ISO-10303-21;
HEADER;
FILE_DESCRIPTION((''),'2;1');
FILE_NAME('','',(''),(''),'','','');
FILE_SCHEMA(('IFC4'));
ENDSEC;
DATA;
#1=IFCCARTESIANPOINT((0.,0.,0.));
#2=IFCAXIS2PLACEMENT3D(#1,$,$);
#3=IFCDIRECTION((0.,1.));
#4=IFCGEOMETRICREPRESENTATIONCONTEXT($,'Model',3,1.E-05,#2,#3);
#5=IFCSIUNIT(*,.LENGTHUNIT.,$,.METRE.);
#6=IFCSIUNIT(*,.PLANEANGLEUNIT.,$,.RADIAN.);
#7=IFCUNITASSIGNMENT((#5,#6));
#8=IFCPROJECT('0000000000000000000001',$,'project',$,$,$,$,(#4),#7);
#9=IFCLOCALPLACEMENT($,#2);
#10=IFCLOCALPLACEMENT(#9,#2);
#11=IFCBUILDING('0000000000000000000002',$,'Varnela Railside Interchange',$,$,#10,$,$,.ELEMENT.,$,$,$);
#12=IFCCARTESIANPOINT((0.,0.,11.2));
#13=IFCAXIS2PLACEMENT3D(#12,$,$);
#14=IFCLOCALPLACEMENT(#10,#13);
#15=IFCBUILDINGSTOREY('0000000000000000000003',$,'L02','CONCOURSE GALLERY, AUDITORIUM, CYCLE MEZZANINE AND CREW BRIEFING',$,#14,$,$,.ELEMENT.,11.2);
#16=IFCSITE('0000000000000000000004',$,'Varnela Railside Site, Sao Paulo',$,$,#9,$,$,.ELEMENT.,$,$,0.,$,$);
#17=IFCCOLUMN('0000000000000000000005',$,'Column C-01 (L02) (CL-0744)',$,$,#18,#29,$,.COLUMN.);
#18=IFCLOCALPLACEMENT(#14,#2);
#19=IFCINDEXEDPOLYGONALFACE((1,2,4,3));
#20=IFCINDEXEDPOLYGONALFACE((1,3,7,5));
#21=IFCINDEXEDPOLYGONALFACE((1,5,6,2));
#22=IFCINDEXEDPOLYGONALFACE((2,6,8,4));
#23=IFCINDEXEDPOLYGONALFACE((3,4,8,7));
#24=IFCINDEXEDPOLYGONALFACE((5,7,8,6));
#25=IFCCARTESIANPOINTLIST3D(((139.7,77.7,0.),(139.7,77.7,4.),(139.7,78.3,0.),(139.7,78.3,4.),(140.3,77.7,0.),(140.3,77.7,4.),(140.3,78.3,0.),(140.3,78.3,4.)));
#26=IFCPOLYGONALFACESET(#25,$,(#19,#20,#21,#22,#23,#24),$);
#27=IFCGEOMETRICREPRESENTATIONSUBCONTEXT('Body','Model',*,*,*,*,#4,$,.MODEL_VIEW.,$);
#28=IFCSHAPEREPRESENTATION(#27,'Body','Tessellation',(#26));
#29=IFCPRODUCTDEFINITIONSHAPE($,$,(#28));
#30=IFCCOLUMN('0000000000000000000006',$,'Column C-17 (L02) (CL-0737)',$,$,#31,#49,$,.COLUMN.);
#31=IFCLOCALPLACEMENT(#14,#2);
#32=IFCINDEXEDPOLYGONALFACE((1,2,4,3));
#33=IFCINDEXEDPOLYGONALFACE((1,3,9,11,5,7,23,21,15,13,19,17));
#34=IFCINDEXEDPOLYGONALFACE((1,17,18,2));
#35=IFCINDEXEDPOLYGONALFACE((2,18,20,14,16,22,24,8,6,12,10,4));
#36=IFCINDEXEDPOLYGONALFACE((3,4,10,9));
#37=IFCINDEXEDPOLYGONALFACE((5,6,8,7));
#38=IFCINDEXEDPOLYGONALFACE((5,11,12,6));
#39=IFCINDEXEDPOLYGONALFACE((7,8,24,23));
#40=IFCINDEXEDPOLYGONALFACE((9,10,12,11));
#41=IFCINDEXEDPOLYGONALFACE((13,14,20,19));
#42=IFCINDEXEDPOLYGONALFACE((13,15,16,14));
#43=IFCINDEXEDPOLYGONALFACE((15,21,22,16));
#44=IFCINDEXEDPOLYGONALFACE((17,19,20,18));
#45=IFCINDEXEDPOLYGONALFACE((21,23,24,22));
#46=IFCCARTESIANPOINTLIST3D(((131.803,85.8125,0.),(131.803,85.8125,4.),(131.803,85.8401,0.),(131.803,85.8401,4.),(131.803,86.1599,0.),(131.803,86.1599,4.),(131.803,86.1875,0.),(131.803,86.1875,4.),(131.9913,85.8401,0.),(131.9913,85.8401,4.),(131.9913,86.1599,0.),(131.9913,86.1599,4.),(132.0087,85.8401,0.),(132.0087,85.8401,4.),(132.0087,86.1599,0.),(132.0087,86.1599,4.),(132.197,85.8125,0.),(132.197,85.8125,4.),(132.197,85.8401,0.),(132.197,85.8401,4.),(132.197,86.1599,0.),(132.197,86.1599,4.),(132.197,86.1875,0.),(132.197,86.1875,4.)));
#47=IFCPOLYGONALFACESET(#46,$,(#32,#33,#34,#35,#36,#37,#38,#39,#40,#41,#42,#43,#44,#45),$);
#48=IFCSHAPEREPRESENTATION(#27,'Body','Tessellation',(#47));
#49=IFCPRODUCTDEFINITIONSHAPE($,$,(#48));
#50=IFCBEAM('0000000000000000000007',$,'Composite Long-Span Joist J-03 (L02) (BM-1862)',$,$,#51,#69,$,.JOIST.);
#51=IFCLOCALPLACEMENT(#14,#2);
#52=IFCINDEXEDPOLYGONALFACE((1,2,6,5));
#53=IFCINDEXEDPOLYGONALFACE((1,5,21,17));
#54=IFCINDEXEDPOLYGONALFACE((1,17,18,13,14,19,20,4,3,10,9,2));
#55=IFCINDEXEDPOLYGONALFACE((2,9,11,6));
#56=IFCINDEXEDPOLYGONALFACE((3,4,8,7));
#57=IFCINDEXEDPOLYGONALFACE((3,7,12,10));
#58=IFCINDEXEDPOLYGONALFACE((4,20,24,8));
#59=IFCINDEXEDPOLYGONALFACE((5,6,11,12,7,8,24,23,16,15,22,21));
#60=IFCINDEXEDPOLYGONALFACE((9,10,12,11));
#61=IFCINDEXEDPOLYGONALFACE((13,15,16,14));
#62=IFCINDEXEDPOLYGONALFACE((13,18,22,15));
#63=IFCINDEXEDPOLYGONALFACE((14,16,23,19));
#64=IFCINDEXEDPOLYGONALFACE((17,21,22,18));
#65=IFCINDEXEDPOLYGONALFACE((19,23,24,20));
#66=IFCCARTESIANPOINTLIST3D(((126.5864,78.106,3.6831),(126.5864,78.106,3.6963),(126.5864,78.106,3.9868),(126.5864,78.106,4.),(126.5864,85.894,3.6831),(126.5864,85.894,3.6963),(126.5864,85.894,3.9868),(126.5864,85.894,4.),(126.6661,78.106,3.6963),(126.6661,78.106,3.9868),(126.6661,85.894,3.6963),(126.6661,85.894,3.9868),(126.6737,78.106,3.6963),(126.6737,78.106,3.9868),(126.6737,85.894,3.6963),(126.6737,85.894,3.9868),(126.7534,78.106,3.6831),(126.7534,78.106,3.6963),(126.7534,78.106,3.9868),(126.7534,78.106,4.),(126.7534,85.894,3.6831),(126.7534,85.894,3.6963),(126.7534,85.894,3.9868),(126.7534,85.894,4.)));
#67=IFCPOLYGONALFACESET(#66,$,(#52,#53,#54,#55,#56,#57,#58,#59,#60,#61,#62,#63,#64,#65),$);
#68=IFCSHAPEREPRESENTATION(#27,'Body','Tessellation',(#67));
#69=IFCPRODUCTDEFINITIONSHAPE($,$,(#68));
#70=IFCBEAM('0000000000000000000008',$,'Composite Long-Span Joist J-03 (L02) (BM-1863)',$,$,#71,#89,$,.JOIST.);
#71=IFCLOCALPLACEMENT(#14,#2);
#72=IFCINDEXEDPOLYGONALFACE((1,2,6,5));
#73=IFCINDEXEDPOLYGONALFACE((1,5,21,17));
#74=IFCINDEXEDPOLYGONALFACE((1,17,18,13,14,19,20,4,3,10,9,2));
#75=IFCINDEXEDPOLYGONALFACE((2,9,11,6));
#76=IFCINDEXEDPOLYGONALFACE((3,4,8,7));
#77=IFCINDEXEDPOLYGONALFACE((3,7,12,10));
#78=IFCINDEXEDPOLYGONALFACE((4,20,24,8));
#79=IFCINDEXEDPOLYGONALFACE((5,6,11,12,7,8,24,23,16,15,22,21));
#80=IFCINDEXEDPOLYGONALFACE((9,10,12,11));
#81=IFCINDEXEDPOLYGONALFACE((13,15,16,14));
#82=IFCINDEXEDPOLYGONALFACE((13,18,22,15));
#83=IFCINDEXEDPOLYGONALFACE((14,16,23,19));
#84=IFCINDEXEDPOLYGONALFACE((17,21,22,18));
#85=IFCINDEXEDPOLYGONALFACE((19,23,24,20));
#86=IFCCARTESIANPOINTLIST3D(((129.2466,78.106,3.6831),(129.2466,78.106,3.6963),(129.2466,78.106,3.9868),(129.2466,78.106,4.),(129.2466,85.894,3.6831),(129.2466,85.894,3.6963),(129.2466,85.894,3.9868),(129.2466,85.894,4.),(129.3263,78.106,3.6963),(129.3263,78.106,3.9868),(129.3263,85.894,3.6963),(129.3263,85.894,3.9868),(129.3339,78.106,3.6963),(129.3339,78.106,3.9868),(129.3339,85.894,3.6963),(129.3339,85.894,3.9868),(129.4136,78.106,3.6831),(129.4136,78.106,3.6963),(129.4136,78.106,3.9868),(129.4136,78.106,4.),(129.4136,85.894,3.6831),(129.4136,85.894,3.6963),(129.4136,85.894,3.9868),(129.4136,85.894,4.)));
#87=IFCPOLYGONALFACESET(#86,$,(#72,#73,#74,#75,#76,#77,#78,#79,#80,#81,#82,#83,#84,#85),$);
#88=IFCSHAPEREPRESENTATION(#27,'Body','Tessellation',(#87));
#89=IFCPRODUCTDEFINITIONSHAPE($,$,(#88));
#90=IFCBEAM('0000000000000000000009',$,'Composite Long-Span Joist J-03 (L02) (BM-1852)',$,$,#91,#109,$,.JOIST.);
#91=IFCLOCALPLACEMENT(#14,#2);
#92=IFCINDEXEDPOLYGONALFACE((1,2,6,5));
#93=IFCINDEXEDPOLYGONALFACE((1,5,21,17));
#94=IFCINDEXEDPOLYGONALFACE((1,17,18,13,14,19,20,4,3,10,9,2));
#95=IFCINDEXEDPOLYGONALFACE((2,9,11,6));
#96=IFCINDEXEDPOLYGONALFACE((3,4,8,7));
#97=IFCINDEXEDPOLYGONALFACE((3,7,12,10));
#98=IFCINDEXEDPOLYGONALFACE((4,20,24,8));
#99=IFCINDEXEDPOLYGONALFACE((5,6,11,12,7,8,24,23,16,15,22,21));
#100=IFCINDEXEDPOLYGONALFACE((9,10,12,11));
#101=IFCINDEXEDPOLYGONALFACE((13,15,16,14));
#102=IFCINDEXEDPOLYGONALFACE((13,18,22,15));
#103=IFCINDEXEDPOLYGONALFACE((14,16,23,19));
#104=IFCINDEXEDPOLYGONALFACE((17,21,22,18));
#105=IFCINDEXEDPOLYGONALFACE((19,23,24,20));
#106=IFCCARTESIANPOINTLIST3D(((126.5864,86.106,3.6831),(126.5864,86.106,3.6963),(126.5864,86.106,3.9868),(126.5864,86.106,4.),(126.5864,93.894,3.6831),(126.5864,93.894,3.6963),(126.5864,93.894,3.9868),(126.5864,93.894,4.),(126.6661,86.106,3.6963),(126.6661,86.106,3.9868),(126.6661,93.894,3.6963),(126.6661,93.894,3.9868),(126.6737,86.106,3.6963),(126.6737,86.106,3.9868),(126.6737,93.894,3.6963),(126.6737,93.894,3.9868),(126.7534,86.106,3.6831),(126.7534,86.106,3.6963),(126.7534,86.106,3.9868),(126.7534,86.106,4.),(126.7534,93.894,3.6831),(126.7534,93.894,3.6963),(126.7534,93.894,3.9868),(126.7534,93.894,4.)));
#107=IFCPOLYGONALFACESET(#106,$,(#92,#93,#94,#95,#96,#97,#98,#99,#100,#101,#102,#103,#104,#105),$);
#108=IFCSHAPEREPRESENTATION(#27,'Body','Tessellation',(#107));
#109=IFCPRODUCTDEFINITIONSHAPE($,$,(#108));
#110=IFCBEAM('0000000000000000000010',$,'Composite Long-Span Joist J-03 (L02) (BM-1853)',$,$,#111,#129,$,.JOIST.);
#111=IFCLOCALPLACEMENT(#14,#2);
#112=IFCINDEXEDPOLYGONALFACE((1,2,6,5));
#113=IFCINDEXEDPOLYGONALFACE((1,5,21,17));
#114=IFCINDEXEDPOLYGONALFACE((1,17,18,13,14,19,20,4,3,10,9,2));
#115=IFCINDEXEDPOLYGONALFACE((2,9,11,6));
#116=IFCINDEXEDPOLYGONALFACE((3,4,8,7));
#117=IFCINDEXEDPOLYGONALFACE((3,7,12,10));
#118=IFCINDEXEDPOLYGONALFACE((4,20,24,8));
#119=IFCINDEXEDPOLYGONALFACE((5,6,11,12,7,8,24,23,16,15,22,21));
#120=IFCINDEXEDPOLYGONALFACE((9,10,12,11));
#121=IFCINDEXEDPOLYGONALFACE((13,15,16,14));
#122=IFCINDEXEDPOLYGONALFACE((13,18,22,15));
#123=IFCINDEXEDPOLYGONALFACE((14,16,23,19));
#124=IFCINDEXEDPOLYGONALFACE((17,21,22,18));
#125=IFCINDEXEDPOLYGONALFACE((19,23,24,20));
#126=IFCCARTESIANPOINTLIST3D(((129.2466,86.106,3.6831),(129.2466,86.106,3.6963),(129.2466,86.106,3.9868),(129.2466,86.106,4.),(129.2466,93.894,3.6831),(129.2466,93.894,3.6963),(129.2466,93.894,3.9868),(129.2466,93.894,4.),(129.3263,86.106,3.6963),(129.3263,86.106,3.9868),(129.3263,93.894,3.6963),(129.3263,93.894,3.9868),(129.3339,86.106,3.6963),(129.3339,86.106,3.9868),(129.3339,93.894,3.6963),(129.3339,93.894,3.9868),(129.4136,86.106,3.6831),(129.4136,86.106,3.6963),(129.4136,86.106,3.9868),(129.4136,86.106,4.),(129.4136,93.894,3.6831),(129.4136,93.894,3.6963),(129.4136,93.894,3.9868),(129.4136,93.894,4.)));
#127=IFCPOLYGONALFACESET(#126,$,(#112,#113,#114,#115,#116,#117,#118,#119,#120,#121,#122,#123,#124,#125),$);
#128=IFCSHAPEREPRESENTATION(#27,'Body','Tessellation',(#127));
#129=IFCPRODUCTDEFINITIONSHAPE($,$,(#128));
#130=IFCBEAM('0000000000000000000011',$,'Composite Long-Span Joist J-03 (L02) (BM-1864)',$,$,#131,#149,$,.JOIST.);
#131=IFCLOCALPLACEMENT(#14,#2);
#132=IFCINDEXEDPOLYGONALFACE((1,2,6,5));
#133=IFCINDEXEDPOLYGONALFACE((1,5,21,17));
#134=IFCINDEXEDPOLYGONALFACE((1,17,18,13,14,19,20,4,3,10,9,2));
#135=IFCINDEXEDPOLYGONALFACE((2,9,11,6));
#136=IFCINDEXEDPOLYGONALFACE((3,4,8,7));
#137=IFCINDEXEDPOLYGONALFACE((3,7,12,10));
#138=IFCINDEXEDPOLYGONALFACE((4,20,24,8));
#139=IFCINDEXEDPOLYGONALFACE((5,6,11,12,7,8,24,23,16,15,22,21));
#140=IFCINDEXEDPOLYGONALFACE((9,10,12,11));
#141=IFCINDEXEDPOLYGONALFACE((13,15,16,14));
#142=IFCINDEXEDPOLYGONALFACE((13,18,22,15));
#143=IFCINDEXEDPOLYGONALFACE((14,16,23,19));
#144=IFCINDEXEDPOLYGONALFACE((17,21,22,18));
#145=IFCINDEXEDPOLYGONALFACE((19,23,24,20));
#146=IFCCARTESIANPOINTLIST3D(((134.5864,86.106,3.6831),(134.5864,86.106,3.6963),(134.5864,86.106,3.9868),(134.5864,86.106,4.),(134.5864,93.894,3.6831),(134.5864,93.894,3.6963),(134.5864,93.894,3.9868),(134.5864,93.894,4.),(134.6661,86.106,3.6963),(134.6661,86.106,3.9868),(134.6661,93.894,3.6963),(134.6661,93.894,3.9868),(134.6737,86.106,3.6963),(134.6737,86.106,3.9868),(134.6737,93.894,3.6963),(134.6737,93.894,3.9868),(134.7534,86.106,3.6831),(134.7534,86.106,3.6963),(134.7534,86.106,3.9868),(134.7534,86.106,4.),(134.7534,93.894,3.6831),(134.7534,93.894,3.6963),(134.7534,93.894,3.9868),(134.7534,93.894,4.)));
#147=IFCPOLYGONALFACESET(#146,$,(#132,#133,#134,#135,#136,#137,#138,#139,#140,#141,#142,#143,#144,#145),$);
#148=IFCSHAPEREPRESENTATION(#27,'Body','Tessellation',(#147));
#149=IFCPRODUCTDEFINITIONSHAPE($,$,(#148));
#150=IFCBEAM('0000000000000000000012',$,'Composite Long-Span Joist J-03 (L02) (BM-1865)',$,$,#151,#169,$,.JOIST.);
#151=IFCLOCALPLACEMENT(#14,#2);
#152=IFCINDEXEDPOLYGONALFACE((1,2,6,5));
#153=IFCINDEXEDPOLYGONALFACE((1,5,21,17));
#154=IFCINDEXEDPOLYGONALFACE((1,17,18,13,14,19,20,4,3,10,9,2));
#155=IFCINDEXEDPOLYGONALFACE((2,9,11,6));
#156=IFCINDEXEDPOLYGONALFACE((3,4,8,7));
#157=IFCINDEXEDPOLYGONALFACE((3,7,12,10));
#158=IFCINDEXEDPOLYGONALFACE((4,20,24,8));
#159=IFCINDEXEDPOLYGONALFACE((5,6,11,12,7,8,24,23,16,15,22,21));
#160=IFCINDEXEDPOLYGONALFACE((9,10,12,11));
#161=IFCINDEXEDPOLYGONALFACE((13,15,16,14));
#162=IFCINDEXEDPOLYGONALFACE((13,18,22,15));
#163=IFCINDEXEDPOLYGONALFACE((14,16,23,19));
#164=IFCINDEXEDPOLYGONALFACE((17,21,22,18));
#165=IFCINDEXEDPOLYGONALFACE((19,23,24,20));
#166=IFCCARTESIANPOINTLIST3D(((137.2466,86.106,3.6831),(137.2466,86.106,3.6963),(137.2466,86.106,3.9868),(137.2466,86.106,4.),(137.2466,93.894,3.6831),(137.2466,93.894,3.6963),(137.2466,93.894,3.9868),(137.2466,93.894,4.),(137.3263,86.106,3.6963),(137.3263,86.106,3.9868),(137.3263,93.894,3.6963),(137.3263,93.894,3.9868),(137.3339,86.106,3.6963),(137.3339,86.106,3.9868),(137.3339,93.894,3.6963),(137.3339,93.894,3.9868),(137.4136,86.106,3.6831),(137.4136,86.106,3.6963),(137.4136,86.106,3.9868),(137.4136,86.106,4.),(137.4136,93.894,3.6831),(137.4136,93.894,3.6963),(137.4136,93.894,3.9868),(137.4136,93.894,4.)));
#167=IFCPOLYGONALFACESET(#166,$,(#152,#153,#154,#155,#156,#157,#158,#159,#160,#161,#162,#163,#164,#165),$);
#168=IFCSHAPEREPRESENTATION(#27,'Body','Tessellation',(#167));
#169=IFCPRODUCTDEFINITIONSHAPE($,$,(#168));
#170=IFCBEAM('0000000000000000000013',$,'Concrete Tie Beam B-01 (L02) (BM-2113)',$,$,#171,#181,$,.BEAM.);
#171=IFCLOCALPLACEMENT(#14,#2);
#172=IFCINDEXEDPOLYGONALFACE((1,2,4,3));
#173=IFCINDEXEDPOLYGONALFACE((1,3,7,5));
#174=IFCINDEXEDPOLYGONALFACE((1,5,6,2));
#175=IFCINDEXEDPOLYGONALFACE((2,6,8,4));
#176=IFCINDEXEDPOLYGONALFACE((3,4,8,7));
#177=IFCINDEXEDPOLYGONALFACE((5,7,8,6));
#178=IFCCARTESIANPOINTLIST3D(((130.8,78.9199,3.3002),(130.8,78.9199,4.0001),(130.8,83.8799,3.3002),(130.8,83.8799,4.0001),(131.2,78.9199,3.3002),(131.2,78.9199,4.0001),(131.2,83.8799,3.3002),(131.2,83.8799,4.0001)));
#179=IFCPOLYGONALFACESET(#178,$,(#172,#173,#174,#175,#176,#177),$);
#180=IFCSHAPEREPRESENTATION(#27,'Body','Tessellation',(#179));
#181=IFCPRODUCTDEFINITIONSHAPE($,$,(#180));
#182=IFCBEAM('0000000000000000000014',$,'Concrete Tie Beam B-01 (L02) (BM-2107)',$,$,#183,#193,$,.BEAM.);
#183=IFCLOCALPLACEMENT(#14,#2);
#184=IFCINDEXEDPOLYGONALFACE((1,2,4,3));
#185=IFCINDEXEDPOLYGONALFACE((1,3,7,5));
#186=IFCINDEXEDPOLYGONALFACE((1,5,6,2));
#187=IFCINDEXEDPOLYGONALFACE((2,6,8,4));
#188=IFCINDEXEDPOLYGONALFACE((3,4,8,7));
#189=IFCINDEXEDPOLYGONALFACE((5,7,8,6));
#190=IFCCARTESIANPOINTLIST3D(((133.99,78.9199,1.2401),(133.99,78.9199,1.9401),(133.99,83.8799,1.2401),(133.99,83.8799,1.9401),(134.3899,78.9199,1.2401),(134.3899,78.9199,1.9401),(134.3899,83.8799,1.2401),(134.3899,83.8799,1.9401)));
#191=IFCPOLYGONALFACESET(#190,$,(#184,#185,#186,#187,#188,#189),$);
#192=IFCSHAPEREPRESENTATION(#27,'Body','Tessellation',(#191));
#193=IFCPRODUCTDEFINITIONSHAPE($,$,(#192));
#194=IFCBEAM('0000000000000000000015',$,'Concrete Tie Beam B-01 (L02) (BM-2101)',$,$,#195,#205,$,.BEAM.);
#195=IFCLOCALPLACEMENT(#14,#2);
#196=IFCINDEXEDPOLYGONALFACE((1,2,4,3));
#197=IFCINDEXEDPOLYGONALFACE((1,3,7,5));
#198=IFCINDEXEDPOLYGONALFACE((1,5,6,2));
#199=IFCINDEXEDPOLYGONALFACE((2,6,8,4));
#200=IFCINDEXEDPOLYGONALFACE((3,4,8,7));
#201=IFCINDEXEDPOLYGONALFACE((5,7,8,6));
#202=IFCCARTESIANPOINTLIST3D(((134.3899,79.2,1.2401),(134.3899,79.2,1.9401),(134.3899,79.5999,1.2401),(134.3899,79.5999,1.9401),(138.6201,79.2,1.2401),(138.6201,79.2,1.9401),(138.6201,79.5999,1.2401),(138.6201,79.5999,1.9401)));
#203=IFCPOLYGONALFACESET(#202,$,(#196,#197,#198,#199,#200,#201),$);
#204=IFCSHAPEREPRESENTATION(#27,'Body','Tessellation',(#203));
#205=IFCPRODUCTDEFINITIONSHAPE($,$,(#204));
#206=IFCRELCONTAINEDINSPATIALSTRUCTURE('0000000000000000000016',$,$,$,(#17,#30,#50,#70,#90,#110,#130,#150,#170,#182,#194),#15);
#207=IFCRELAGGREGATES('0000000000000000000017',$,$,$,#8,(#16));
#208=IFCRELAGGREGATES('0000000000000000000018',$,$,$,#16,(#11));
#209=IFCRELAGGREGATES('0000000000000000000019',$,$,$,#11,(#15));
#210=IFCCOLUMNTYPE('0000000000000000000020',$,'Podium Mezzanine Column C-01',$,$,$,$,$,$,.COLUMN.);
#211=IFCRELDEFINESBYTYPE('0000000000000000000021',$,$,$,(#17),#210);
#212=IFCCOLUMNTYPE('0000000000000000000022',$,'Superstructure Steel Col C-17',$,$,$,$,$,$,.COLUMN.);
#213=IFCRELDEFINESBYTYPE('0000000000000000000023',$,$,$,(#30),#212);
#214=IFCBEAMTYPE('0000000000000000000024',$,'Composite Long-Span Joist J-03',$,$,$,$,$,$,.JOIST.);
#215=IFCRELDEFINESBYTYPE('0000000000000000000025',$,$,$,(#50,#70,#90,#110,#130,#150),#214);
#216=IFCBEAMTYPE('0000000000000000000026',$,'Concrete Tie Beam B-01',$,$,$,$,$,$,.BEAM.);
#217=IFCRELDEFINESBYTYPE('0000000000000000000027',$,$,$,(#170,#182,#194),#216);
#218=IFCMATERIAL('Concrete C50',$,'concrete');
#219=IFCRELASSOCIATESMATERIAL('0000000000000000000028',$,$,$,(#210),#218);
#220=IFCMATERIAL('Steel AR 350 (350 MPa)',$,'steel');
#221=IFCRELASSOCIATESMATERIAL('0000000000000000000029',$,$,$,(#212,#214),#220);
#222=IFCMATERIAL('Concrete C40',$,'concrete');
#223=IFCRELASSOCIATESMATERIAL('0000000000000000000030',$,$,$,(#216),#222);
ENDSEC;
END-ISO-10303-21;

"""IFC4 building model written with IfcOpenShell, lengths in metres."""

from ifc_helpers import new_model, si_unit, direction, frame, origin, origin_2d, place, context, subcontext, project, spatial, rectangle, i_section, extrude, material, material_profile, profile_set, type_object, element, save


model = new_model("IFC4")

# Units and contexts
model_context = context("Model", 3, precision=1e-05, world=origin(), true_north=direction((0.0, 1.0)))
body_context = subcontext(model_context, "Body", "Model", "MODEL_VIEW")
ifc_project = project(units=[si_unit("LENGTHUNIT", "METRE"), si_unit("PLANEANGLEUNIT", "RADIAN")], contexts=[model_context])

# Site, building, storey
site_placement = place(None, origin())
site = spatial("IfcSite", under=ifc_project, at=site_placement, Name="Varnela Railside Site, Sao Paulo", CompositionType="ELEMENT", RefElevation=0.0)
building_placement = place(site_placement, origin())
building = spatial("IfcBuilding", under=site, at=building_placement, Name="Varnela Railside Interchange", CompositionType="ELEMENT")
storey_placement = place(building_placement, frame((0.0, 0.0, 11.2)))
storey = spatial("IfcBuildingStorey", under=building, at=storey_placement, Name="L02", Description="CONCOURSE GALLERY, AUDITORIUM, CYCLE MEZZANINE AND CREW BRIEFING", CompositionType="ELEMENT", Elevation=11.2)

# Columns
ifc_material_1 = material(Name="Concrete C50", Category="concrete")
ifc_material_profile_1 = material_profile(ifc_material_1, rectangle(XDim=0.6001, YDim=0.6001, at=origin_2d()), Name="RC 600x600")
ifc_profile_set_1 = profile_set([ifc_material_profile_1], Name="Concrete C50")
column_type_1 = type_object("IfcColumnType", Name="Podium Mezzanine Column C-01", PredefinedType="COLUMN", material=ifc_profile_set_1)
column_1_placement = place(storey_placement, frame((140.0, 78.0, 0.0), z_axis=(0.0, 0.0, 1.0), x_axis=(1.0, 0.0, 0.0)))
element("IfcColumn", 1, at=column_1_placement, inside=storey, type_object=column_type_1, Name="Column C-01 (L02) (CL-0744)", PredefinedType="COLUMN", context=body_context, shape_type="SweptSolid", body=[
    extrude(rectangle(XDim=0.6001, YDim=0.6001, at=origin_2d()), origin(), (0.0, 0.0, 1.0), 4.0),
])
ifc_material_2 = material(Name="Steel AR 350 (350 MPa)", Category="steel")
ifc_material_profile_2 = material_profile(ifc_material_2, i_section(OverallWidth=0.394, OverallDepth=0.375, WebThickness=0.0173, FlangeThickness=0.0276, at=origin_2d()), Name="W360x216")
ifc_profile_set_2 = profile_set([ifc_material_profile_2], Name="Steel AR 350 (350 MPa)")
column_type_2 = type_object("IfcColumnType", Name="Superstructure Steel Col C-17", PredefinedType="COLUMN", material=ifc_profile_set_2)
column_2_placement = place(storey_placement, frame((132.0, 86.0, 0.0), z_axis=(0.0, 0.0, 1.0), x_axis=(1.0, 0.0, 0.0)))
element("IfcColumn", 2, at=column_2_placement, inside=storey, type_object=column_type_2, Name="Column C-17 (L02) (CL-0737)", PredefinedType="COLUMN", context=body_context, shape_type="SweptSolid", body=[
    extrude(i_section(OverallWidth=0.394, OverallDepth=0.375, WebThickness=0.0173, FlangeThickness=0.0276, at=origin_2d()), origin(), (0.0, 0.0, 1.0), 4.0),
])

# Beams
ifc_material_profile_3 = material_profile(ifc_material_2, i_section(OverallWidth=0.167, OverallDepth=0.3169, WebThickness=0.0076, FlangeThickness=0.0132, at=origin_2d()), Name="W310x52")
ifc_profile_set_3 = profile_set([ifc_material_profile_3], Name="Steel AR 350 (350 MPa)")
beam_type_1 = type_object("IfcBeamType", Name="Composite Long-Span Joist J-03", PredefinedType="JOIST", material=ifc_profile_set_3)
for number, where, z_axis, x_axis, name in (
    (3, (126.6699, 78.106, 3.8416), (0.0, 1.0, 0.0), (-1.0, 0.0, 0.0), "Composite Long-Span Joist J-03 (L02) (BM-1862)"),
    (4, (129.3301, 78.106, 3.8416), (0.0, 1.0, 0.0), (-1.0, 0.0, 0.0), "Composite Long-Span Joist J-03 (L02) (BM-1863)"),
    (5, (126.6699, 86.106, 3.8416), (0.0, 1.0, 0.0), (-1.0, 0.0, 0.0), "Composite Long-Span Joist J-03 (L02) (BM-1852)"),
    (6, (129.3301, 86.106, 3.8416), (0.0, 1.0, 0.0), (-1.0, 0.0, 0.0), "Composite Long-Span Joist J-03 (L02) (BM-1853)"),
    (7, (134.6699, 86.106, 3.8416), (0.0, 1.0, 0.0), (-1.0, 0.0, 0.0), "Composite Long-Span Joist J-03 (L02) (BM-1864)"),
    (8, (137.3301, 86.106, 3.8416), (0.0, 1.0, 0.0), (-1.0, 0.0, 0.0), "Composite Long-Span Joist J-03 (L02) (BM-1865)"),
):
    element("IfcBeam", number, at=place(storey_placement, frame(where, z_axis=z_axis, x_axis=x_axis)), inside=storey, type_object=beam_type_1, Name=name, PredefinedType="JOIST", context=body_context, shape_type="SweptSolid", body=[
        extrude(i_section(OverallWidth=0.167, OverallDepth=0.3169, WebThickness=0.0076, FlangeThickness=0.0132, at=origin_2d()), origin(), (0.0, 0.0, 1.0), 7.7881),
    ])
ifc_material_3 = material(Name="Concrete C40", Category="concrete")
ifc_material_profile_4 = material_profile(ifc_material_3, rectangle(XDim=0.3999, YDim=0.7, at=origin_2d()), Name="RC 400x700")
ifc_profile_set_4 = profile_set([ifc_material_profile_4], Name="Concrete C40")
beam_type_2 = type_object("IfcBeamType", Name="Concrete Tie Beam B-01", PredefinedType="BEAM", material=ifc_profile_set_4)
for number, where, z_axis, x_axis, name in (
    (9, (131.0, 78.9199, 3.6501), (0.0, 1.0, 0.0), (-1.0, 0.0, 0.0), "Concrete Tie Beam B-01 (L02) (BM-2113)"),
    (10, (134.1899, 78.9199, 1.5901), (0.0, 1.0, 0.0), (-1.0, 0.0, 0.0), "Concrete Tie Beam B-01 (L02) (BM-2107)"),
):
    element("IfcBeam", number, at=place(storey_placement, frame(where, z_axis=z_axis, x_axis=x_axis)), inside=storey, type_object=beam_type_2, Name=name, PredefinedType="BEAM", context=body_context, shape_type="SweptSolid", body=[
        extrude(rectangle(XDim=0.3999, YDim=0.7, at=origin_2d()), origin(), (0.0, 0.0, 1.0), 4.96),
    ])
beam_1_placement = place(storey_placement, frame((134.3899, 79.3999, 1.5901), z_axis=(1.0, 0.0, 0.0), x_axis=(0.0, 1.0, 0.0)))
element("IfcBeam", 11, at=beam_1_placement, inside=storey, type_object=beam_type_2, Name="Concrete Tie Beam B-01 (L02) (BM-2101)", PredefinedType="BEAM", context=body_context, shape_type="SweptSolid", body=[
    extrude(rectangle(XDim=0.3999, YDim=0.7, at=origin_2d()), origin(), (0.0, 0.0, 1.0), 4.2302),
])

save(model, "model.ifc")
